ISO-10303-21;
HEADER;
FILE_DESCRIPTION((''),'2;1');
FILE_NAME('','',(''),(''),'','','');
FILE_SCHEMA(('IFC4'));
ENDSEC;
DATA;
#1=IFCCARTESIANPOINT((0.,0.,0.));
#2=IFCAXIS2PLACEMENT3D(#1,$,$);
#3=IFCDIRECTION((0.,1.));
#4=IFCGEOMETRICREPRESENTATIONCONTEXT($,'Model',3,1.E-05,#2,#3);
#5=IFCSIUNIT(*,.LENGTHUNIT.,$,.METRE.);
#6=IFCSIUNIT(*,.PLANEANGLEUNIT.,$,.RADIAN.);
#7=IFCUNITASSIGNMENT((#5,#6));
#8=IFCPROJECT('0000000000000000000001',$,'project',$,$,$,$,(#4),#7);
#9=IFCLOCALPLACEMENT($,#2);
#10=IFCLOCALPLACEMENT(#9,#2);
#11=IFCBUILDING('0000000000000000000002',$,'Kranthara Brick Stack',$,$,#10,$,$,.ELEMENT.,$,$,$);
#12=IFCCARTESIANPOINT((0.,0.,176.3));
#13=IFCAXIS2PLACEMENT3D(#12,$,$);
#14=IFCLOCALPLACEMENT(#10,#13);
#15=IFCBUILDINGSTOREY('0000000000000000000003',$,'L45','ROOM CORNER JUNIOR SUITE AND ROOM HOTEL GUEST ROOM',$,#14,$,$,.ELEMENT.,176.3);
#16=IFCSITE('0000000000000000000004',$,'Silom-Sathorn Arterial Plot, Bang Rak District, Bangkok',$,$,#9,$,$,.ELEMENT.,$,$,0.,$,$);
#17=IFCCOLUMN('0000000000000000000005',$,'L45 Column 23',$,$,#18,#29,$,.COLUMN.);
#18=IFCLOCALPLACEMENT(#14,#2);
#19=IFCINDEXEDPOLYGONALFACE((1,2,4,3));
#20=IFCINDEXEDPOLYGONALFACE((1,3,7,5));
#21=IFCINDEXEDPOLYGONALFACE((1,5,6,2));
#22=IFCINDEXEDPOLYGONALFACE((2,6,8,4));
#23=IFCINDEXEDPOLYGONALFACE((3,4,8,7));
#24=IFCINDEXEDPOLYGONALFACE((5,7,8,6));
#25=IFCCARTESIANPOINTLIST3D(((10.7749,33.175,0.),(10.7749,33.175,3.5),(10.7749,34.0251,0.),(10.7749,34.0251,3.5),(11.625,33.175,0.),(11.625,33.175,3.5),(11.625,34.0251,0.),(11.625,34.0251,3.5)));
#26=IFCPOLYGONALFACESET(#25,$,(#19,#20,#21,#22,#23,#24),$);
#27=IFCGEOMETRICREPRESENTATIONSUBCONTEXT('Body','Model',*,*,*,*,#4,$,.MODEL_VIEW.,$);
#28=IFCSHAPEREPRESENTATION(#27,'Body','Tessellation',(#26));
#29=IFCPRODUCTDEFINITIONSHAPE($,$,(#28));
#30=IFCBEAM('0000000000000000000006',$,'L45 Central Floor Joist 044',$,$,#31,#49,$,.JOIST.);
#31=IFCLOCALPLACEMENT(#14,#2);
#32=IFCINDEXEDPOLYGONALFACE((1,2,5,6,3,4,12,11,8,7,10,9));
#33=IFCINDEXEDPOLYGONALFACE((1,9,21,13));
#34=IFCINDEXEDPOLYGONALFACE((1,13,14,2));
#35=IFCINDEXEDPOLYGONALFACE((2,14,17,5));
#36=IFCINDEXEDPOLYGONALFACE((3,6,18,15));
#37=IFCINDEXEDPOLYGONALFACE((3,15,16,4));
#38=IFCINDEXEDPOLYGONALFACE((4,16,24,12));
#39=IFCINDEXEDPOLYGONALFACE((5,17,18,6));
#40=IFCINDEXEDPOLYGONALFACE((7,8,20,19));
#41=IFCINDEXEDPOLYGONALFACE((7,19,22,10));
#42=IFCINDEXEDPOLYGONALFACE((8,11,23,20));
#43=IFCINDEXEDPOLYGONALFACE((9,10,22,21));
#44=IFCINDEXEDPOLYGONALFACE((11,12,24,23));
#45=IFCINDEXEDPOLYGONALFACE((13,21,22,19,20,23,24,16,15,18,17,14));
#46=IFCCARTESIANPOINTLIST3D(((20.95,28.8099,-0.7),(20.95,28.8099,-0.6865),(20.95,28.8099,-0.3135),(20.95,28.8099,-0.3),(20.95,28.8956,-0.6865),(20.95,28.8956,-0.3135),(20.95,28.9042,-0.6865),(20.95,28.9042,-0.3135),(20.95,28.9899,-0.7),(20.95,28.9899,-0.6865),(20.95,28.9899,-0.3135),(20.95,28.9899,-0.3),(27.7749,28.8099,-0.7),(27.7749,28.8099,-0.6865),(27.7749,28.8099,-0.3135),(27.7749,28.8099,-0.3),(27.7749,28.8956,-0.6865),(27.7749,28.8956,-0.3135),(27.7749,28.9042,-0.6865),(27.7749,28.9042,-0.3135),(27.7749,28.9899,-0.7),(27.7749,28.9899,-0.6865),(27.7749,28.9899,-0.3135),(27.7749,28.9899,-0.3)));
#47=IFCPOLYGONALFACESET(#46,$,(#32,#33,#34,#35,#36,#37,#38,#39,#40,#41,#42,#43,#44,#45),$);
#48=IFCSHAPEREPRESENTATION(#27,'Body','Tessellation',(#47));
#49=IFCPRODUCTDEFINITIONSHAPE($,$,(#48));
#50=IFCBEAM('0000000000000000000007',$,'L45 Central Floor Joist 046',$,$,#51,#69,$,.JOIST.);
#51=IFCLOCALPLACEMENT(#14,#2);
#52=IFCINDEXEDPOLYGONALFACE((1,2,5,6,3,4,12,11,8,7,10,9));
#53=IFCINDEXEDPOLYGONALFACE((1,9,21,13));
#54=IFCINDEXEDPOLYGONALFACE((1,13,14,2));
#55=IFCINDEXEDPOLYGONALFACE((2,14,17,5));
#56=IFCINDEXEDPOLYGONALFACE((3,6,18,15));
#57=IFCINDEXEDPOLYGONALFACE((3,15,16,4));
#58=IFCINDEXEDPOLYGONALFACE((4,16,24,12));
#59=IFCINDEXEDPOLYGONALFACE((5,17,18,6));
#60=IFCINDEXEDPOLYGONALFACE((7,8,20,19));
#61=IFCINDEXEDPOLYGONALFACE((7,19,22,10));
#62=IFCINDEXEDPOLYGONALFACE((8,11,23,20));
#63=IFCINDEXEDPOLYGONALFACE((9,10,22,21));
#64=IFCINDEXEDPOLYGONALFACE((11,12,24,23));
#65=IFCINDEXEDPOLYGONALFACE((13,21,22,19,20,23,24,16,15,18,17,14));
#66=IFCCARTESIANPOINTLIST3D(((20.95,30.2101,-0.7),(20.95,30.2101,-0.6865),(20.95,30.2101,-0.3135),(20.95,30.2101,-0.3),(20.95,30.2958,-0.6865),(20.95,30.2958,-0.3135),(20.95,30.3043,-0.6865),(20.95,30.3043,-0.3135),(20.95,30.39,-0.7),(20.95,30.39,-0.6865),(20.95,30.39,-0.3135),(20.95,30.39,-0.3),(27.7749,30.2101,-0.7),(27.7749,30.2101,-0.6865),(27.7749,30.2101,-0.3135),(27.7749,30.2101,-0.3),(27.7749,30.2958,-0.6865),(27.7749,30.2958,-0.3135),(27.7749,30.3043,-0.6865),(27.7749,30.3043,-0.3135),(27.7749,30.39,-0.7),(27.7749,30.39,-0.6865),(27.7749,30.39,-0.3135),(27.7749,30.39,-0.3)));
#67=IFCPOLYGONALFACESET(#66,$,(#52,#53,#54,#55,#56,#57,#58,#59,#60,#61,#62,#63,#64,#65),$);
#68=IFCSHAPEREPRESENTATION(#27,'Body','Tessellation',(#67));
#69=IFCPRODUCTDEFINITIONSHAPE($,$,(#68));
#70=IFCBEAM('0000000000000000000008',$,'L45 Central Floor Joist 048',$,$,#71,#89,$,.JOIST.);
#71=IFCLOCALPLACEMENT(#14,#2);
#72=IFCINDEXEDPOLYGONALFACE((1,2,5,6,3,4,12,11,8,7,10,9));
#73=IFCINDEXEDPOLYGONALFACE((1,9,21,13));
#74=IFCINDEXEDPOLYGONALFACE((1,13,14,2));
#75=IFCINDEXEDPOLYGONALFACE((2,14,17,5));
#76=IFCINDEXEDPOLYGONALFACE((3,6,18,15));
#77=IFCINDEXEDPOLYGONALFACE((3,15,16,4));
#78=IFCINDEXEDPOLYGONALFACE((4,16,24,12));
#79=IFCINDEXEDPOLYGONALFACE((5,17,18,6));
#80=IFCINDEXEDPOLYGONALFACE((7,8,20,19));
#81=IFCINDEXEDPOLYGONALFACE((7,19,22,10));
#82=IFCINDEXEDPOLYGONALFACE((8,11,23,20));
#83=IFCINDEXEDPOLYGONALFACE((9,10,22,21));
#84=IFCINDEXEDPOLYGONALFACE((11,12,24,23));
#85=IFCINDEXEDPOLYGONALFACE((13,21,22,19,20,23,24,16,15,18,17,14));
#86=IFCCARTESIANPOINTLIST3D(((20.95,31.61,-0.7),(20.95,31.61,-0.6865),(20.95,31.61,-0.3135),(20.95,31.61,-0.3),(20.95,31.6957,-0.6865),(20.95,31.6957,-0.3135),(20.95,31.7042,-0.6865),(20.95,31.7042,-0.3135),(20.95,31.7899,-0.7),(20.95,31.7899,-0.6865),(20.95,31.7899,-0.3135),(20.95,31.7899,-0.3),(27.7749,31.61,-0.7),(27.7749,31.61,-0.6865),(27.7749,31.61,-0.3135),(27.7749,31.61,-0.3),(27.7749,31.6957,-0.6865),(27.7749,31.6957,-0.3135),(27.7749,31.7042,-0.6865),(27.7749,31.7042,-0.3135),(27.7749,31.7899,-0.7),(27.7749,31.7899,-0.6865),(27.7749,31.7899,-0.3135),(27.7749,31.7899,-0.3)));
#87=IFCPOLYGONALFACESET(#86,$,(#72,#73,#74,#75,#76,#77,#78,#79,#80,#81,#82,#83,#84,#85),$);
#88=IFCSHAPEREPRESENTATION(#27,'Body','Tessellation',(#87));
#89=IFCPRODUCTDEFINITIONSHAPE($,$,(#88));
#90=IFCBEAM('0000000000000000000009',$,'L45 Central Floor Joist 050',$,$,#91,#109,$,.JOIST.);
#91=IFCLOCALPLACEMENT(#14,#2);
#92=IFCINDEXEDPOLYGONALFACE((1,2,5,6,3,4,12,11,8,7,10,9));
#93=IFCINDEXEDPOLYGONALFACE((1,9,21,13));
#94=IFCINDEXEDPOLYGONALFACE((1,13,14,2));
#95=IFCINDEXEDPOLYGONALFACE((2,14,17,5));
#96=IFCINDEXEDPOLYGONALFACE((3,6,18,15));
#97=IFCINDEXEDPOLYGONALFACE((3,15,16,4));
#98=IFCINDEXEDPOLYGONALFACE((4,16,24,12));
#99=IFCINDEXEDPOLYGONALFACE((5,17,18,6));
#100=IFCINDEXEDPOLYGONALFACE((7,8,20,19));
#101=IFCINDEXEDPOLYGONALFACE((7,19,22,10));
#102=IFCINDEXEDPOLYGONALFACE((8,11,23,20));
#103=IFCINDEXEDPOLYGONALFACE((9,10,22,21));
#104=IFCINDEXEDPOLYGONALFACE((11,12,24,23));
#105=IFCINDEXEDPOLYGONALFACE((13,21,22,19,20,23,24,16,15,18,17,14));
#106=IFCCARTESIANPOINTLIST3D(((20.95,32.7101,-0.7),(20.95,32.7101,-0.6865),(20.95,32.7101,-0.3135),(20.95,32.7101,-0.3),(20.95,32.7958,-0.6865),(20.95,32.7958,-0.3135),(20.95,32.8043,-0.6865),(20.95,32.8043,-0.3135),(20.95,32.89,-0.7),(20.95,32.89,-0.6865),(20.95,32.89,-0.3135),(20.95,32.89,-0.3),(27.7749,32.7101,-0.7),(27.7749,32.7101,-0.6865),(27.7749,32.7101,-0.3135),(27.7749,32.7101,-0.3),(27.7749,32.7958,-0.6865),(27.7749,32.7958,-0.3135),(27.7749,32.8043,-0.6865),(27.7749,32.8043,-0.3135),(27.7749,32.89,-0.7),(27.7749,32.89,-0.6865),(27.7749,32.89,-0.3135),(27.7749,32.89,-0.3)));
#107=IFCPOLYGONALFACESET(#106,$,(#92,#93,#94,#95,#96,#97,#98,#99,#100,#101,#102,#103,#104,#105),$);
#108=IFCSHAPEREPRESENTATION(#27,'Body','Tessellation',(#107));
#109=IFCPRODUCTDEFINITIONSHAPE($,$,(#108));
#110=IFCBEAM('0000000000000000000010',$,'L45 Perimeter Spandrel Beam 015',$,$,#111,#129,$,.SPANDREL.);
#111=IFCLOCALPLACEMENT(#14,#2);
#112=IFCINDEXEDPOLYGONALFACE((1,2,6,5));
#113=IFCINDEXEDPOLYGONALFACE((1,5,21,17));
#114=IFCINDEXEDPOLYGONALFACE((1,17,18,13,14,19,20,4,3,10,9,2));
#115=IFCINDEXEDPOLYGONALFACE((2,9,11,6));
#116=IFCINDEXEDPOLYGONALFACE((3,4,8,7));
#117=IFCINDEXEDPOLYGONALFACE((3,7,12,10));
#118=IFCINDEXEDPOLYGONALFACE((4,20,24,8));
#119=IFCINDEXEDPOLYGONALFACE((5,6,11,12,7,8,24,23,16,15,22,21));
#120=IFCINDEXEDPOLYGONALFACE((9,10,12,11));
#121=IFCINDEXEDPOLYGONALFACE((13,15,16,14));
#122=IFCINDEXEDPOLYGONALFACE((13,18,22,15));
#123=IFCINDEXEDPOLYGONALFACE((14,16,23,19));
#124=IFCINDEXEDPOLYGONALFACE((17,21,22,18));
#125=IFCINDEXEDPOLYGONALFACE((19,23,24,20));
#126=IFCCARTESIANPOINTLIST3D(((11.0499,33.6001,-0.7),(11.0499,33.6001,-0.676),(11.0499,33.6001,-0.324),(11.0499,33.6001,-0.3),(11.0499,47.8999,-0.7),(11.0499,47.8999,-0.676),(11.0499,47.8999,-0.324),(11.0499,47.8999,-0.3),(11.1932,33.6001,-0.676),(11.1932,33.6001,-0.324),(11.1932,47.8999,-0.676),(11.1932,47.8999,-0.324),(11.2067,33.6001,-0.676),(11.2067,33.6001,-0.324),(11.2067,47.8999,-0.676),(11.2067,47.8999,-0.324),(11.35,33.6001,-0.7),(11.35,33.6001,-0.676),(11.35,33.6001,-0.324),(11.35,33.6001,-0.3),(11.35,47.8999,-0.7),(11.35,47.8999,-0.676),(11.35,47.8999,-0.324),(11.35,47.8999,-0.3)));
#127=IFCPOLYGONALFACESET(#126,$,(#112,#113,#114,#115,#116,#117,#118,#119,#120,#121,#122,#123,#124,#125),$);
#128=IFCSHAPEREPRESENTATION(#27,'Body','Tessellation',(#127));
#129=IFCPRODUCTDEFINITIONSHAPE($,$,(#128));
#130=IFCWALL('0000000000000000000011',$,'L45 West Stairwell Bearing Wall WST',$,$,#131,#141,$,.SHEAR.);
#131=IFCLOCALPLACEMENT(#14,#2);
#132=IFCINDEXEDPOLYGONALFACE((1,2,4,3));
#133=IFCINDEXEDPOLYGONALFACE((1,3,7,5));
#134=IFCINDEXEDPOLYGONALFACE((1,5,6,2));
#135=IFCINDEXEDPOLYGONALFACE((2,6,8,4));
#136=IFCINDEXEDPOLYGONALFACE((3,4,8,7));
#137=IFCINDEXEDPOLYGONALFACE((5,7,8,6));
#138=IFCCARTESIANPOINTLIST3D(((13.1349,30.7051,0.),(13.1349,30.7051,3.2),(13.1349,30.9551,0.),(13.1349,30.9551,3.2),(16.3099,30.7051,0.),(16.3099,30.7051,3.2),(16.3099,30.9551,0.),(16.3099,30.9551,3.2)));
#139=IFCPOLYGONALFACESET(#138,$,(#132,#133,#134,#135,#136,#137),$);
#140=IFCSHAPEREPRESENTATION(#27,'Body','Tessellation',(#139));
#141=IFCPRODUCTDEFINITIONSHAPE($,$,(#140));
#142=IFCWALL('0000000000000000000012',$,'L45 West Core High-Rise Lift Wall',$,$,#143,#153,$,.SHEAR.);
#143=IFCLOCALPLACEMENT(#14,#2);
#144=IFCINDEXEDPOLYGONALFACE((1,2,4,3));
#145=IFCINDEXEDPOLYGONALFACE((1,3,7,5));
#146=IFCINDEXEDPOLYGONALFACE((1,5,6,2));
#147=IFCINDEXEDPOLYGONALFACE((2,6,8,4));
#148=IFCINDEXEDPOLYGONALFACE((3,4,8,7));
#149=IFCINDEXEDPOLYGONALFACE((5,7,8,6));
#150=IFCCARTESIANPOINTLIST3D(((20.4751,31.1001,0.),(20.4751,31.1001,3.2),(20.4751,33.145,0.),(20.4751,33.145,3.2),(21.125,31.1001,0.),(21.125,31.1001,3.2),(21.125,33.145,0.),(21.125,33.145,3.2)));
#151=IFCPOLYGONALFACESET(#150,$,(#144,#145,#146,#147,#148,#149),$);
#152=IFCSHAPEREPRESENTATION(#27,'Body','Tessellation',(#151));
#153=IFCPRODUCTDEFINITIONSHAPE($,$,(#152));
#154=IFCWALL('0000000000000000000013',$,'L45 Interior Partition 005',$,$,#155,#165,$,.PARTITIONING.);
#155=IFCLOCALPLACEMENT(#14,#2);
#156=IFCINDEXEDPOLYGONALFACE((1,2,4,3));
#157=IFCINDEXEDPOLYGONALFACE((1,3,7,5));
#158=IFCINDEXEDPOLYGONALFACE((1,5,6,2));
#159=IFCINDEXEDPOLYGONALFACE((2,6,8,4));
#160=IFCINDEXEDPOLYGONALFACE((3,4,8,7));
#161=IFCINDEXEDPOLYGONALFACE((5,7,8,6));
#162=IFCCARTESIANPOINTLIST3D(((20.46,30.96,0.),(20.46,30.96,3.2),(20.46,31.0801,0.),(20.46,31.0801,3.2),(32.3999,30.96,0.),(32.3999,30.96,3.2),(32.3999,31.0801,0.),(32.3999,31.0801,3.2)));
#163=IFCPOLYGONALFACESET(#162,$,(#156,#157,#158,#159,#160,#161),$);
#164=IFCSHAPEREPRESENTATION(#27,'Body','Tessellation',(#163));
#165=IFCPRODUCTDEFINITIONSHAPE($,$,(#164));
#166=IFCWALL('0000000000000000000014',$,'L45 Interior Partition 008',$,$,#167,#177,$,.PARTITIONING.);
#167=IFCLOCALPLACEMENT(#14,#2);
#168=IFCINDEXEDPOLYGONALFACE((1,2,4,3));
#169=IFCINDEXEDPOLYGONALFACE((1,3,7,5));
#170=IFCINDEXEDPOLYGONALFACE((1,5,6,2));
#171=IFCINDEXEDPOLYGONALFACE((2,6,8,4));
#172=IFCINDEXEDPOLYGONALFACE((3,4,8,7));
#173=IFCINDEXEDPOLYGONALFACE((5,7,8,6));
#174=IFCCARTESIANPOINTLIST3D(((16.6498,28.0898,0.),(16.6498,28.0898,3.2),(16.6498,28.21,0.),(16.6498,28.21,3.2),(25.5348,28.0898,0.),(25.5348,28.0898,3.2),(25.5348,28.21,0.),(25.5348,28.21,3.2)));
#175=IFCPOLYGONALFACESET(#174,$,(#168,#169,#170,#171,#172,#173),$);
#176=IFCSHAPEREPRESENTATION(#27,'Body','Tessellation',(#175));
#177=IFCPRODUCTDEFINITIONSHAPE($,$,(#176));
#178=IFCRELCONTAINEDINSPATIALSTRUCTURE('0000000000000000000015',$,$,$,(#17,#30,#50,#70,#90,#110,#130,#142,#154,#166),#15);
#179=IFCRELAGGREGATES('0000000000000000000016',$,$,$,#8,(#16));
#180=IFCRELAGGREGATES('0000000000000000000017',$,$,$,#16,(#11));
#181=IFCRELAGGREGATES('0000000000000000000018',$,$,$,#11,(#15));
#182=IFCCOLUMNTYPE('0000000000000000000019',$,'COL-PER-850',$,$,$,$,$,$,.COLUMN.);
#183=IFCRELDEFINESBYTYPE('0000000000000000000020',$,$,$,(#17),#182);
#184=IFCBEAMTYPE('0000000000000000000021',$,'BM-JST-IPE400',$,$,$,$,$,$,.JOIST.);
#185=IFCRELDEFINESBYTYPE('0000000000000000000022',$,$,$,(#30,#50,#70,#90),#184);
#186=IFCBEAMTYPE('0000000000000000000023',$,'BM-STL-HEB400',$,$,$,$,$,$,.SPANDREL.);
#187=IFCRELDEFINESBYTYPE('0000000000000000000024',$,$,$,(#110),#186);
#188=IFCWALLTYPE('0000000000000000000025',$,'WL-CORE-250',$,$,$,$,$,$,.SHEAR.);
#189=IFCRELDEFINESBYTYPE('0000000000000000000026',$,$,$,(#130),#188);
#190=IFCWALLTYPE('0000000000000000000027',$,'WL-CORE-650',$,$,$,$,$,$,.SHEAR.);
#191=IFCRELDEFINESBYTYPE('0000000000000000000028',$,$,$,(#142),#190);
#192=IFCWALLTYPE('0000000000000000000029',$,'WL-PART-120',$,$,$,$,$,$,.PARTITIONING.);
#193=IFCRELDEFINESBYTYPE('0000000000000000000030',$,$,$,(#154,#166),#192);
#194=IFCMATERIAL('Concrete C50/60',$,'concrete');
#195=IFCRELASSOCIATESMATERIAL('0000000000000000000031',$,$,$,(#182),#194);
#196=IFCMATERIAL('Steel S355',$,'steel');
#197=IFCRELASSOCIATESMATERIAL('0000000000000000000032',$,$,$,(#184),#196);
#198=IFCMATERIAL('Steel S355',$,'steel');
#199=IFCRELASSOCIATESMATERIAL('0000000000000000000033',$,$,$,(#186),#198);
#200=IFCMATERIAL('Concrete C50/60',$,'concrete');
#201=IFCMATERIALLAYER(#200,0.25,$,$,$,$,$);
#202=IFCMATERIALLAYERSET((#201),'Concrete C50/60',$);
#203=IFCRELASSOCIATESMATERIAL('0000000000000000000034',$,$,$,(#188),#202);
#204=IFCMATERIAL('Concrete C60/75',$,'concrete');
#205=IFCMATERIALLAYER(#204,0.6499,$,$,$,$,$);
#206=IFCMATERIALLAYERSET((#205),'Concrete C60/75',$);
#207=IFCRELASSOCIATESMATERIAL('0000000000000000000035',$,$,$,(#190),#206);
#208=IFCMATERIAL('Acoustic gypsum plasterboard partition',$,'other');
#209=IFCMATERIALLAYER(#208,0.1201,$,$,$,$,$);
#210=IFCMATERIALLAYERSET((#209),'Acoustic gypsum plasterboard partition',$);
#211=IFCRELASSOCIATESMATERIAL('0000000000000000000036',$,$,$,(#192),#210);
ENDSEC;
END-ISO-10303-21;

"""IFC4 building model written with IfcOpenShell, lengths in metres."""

from ifc_helpers import new_model, si_unit, direction, frame, frame_2d, origin, origin_2d, place, context, subcontext, project, spatial, rectangle, i_section, extrude, material, layer, layer_set, material_profile, profile_set, type_object, element, save


model = new_model("IFC4")

# Units and contexts
model_context = context("Model", 3, precision=1e-05, world=origin(), true_north=direction((0.0, 1.0)))
body_context = subcontext(model_context, "Body", "Model", "MODEL_VIEW")
ifc_project = project(units=[si_unit("LENGTHUNIT", "METRE"), si_unit("PLANEANGLEUNIT", "RADIAN")], contexts=[model_context])

# Site, building, storey
site_placement = place(None, origin())
site = spatial("IfcSite", under=ifc_project, at=site_placement, Name="Silom-Sathorn Arterial Plot, Bang Rak District, Bangkok", CompositionType="ELEMENT", RefElevation=0.0)
building_placement = place(site_placement, origin())
building = spatial("IfcBuilding", under=site, at=building_placement, Name="Kranthara Brick Stack", CompositionType="ELEMENT")
storey_placement = place(building_placement, frame((0.0, 0.0, 176.3)))
storey = spatial("IfcBuildingStorey", under=building, at=storey_placement, Name="L45", Description="ROOM CORNER JUNIOR SUITE AND ROOM HOTEL GUEST ROOM", CompositionType="ELEMENT", Elevation=176.3)

# Column
ifc_material_1 = material(Name="Concrete C50/60", Category="concrete")
ifc_material_profile_1 = material_profile(ifc_material_1, rectangle(XDim=0.8501, YDim=0.8501, at=origin_2d()), Name="RC 850x850")
ifc_profile_set_1 = profile_set([ifc_material_profile_1], Name="Concrete C50/60")
column_type = type_object("IfcColumnType", Name="COL-PER-850", PredefinedType="COLUMN", material=ifc_profile_set_1)
column_placement = place(storey_placement, frame((11.2, 33.6001, 0.0), z_axis=(0.0, 0.0, 1.0), x_axis=(1.0, 0.0, 0.0)))
element("IfcColumn", 1, at=column_placement, inside=storey, type_object=column_type, Name="L45 Column 23", PredefinedType="COLUMN", context=body_context, shape_type="SweptSolid", body=[
    extrude(rectangle(XDim=0.8501, YDim=0.8501, at=origin_2d()), origin(), (0.0, 0.0, 1.0), 3.5),
])

# Beams
ifc_material_2 = material(Name="Steel S355", Category="steel")
ifc_material_profile_2 = material_profile(ifc_material_2, i_section(OverallWidth=0.1799, OverallDepth=0.3999, WebThickness=0.0085, FlangeThickness=0.0134, at=origin_2d()), Name="IPE 400")
ifc_profile_set_2 = profile_set([ifc_material_profile_2], Name="Steel S355")
beam_type_1 = type_object("IfcBeamType", Name="BM-JST-IPE400", PredefinedType="JOIST", material=ifc_profile_set_2)
for number, where, z_axis, x_axis, name in (
    (2, (20.95, 28.8999, -0.5), (1.0, 0.0, 0.0), (0.0, 1.0, 0.0), "L45 Central Floor Joist 044"),
    (3, (20.95, 30.3, -0.5), (1.0, 0.0, 0.0), (0.0, 1.0, 0.0), "L45 Central Floor Joist 046"),
    (4, (20.95, 31.7, -0.5), (1.0, 0.0, 0.0), (0.0, 1.0, 0.0), "L45 Central Floor Joist 048"),
    (5, (20.95, 32.8, -0.5), (1.0, 0.0, 0.0), (0.0, 1.0, 0.0), "L45 Central Floor Joist 050"),
):
    element("IfcBeam", number, at=place(storey_placement, frame(where, z_axis=z_axis, x_axis=x_axis)), inside=storey, type_object=beam_type_1, Name=name, PredefinedType="JOIST", context=body_context, shape_type="SweptSolid", body=[
        extrude(i_section(OverallWidth=0.1799, OverallDepth=0.3999, WebThickness=0.0085, FlangeThickness=0.0134, at=origin_2d()), origin(), (0.0, 0.0, 1.0), 6.825),
    ])
ifc_material_3 = material(Name="Steel S355", Category="steel")
ifc_material_profile_3 = material_profile(ifc_material_3, i_section(OverallWidth=0.3, OverallDepth=0.3999, WebThickness=0.0134, FlangeThickness=0.0239, at=origin_2d()), Name="HEB 400")
ifc_profile_set_3 = profile_set([ifc_material_profile_3], Name="Steel S355")
beam_type_2 = type_object("IfcBeamType", Name="BM-STL-HEB400", PredefinedType="SPANDREL", material=ifc_profile_set_3)
beam_placement = place(storey_placement, frame((11.2, 33.6001, -0.5), z_axis=(0.0, 1.0, 0.0), x_axis=(-1.0, 0.0, 0.0)))
element("IfcBeam", 6, at=beam_placement, inside=storey, type_object=beam_type_2, Name="L45 Perimeter Spandrel Beam 015", PredefinedType="SPANDREL", context=body_context, shape_type="SweptSolid", body=[
    extrude(i_section(OverallWidth=0.3, OverallDepth=0.3999, WebThickness=0.0134, FlangeThickness=0.0239, at=origin_2d()), origin(), (0.0, 0.0, 1.0), 14.2998),
])

# Walls
ifc_material_4 = material(Name="Concrete C50/60", Category="concrete")
ifc_layer_1 = layer(ifc_material_4, 0.25)
ifc_layer_set_1 = layer_set([ifc_layer_1], Name="Concrete C50/60")
wall_type_1 = type_object("IfcWallType", Name="WL-CORE-250", PredefinedType="SHEAR", material=ifc_layer_set_1)
wall_1_placement = place(storey_placement, frame((13.135, 30.8301, 0.0), z_axis=(0.0, 0.0, 1.0), x_axis=(1.0, 0.0, 0.0)))
element("IfcWall", 7, at=wall_1_placement, inside=storey, type_object=wall_type_1, Name="L45 West Stairwell Bearing Wall WST", PredefinedType="SHEAR", context=body_context, shape_type="SweptSolid", body=[
    extrude(rectangle(XDim=3.175, YDim=0.25, at=frame_2d((1.5874, 0.0))), origin(), (0.0, 0.0, 1.0), 3.2),
])
ifc_material_5 = material(Name="Concrete C60/75", Category="concrete")
ifc_layer_2 = layer(ifc_material_5, 0.6499)
ifc_layer_set_2 = layer_set([ifc_layer_2], Name="Concrete C60/75")
wall_type_2 = type_object("IfcWallType", Name="WL-CORE-650", PredefinedType="SHEAR", material=ifc_layer_set_2)
wall_2_placement = place(storey_placement, frame((20.8, 31.1001, 0.0), z_axis=(0.0, 0.0, 1.0), x_axis=(0.0, 1.0, 0.0)))
element("IfcWall", 8, at=wall_2_placement, inside=storey, type_object=wall_type_2, Name="L45 West Core High-Rise Lift Wall", PredefinedType="SHEAR", context=body_context, shape_type="SweptSolid", body=[
    extrude(rectangle(XDim=2.0449, YDim=0.6499, at=frame_2d((1.0225, 0.0))), origin(), (0.0, 0.0, 1.0), 3.2),
])
ifc_material_6 = material(Name="Acoustic gypsum plasterboard partition", Category="other")
ifc_layer_3 = layer(ifc_material_6, 0.1201)
ifc_layer_set_3 = layer_set([ifc_layer_3], Name="Acoustic gypsum plasterboard partition")
wall_type_3 = type_object("IfcWallType", Name="WL-PART-120", PredefinedType="PARTITIONING", material=ifc_layer_set_3)
wall_3_placement = place(storey_placement, frame((20.46, 31.02, 0.0), z_axis=(0.0, 0.0, 1.0), x_axis=(1.0, 0.0, 0.0)))
element("IfcWall", 9, at=wall_3_placement, inside=storey, type_object=wall_type_3, Name="L45 Interior Partition 005", PredefinedType="PARTITIONING", context=body_context, shape_type="SweptSolid", body=[
    extrude(rectangle(XDim=11.9399, YDim=0.1201, at=frame_2d((5.97, 0.0))), origin(), (0.0, 0.0, 1.0), 3.2),
])
wall_4_placement = place(storey_placement, frame((16.6499, 28.1499, 0.0), z_axis=(0.0, 0.0, 1.0), x_axis=(1.0, 0.0, 0.0)))
element("IfcWall", 10, at=wall_4_placement, inside=storey, type_object=wall_type_3, Name="L45 Interior Partition 008", PredefinedType="PARTITIONING", context=body_context, shape_type="SweptSolid", body=[
    extrude(rectangle(XDim=8.885, YDim=0.1201, at=frame_2d((4.4424, 0.0))), origin(), (0.0, 0.0, 1.0), 3.2),
])

save(model, "model.ifc")
